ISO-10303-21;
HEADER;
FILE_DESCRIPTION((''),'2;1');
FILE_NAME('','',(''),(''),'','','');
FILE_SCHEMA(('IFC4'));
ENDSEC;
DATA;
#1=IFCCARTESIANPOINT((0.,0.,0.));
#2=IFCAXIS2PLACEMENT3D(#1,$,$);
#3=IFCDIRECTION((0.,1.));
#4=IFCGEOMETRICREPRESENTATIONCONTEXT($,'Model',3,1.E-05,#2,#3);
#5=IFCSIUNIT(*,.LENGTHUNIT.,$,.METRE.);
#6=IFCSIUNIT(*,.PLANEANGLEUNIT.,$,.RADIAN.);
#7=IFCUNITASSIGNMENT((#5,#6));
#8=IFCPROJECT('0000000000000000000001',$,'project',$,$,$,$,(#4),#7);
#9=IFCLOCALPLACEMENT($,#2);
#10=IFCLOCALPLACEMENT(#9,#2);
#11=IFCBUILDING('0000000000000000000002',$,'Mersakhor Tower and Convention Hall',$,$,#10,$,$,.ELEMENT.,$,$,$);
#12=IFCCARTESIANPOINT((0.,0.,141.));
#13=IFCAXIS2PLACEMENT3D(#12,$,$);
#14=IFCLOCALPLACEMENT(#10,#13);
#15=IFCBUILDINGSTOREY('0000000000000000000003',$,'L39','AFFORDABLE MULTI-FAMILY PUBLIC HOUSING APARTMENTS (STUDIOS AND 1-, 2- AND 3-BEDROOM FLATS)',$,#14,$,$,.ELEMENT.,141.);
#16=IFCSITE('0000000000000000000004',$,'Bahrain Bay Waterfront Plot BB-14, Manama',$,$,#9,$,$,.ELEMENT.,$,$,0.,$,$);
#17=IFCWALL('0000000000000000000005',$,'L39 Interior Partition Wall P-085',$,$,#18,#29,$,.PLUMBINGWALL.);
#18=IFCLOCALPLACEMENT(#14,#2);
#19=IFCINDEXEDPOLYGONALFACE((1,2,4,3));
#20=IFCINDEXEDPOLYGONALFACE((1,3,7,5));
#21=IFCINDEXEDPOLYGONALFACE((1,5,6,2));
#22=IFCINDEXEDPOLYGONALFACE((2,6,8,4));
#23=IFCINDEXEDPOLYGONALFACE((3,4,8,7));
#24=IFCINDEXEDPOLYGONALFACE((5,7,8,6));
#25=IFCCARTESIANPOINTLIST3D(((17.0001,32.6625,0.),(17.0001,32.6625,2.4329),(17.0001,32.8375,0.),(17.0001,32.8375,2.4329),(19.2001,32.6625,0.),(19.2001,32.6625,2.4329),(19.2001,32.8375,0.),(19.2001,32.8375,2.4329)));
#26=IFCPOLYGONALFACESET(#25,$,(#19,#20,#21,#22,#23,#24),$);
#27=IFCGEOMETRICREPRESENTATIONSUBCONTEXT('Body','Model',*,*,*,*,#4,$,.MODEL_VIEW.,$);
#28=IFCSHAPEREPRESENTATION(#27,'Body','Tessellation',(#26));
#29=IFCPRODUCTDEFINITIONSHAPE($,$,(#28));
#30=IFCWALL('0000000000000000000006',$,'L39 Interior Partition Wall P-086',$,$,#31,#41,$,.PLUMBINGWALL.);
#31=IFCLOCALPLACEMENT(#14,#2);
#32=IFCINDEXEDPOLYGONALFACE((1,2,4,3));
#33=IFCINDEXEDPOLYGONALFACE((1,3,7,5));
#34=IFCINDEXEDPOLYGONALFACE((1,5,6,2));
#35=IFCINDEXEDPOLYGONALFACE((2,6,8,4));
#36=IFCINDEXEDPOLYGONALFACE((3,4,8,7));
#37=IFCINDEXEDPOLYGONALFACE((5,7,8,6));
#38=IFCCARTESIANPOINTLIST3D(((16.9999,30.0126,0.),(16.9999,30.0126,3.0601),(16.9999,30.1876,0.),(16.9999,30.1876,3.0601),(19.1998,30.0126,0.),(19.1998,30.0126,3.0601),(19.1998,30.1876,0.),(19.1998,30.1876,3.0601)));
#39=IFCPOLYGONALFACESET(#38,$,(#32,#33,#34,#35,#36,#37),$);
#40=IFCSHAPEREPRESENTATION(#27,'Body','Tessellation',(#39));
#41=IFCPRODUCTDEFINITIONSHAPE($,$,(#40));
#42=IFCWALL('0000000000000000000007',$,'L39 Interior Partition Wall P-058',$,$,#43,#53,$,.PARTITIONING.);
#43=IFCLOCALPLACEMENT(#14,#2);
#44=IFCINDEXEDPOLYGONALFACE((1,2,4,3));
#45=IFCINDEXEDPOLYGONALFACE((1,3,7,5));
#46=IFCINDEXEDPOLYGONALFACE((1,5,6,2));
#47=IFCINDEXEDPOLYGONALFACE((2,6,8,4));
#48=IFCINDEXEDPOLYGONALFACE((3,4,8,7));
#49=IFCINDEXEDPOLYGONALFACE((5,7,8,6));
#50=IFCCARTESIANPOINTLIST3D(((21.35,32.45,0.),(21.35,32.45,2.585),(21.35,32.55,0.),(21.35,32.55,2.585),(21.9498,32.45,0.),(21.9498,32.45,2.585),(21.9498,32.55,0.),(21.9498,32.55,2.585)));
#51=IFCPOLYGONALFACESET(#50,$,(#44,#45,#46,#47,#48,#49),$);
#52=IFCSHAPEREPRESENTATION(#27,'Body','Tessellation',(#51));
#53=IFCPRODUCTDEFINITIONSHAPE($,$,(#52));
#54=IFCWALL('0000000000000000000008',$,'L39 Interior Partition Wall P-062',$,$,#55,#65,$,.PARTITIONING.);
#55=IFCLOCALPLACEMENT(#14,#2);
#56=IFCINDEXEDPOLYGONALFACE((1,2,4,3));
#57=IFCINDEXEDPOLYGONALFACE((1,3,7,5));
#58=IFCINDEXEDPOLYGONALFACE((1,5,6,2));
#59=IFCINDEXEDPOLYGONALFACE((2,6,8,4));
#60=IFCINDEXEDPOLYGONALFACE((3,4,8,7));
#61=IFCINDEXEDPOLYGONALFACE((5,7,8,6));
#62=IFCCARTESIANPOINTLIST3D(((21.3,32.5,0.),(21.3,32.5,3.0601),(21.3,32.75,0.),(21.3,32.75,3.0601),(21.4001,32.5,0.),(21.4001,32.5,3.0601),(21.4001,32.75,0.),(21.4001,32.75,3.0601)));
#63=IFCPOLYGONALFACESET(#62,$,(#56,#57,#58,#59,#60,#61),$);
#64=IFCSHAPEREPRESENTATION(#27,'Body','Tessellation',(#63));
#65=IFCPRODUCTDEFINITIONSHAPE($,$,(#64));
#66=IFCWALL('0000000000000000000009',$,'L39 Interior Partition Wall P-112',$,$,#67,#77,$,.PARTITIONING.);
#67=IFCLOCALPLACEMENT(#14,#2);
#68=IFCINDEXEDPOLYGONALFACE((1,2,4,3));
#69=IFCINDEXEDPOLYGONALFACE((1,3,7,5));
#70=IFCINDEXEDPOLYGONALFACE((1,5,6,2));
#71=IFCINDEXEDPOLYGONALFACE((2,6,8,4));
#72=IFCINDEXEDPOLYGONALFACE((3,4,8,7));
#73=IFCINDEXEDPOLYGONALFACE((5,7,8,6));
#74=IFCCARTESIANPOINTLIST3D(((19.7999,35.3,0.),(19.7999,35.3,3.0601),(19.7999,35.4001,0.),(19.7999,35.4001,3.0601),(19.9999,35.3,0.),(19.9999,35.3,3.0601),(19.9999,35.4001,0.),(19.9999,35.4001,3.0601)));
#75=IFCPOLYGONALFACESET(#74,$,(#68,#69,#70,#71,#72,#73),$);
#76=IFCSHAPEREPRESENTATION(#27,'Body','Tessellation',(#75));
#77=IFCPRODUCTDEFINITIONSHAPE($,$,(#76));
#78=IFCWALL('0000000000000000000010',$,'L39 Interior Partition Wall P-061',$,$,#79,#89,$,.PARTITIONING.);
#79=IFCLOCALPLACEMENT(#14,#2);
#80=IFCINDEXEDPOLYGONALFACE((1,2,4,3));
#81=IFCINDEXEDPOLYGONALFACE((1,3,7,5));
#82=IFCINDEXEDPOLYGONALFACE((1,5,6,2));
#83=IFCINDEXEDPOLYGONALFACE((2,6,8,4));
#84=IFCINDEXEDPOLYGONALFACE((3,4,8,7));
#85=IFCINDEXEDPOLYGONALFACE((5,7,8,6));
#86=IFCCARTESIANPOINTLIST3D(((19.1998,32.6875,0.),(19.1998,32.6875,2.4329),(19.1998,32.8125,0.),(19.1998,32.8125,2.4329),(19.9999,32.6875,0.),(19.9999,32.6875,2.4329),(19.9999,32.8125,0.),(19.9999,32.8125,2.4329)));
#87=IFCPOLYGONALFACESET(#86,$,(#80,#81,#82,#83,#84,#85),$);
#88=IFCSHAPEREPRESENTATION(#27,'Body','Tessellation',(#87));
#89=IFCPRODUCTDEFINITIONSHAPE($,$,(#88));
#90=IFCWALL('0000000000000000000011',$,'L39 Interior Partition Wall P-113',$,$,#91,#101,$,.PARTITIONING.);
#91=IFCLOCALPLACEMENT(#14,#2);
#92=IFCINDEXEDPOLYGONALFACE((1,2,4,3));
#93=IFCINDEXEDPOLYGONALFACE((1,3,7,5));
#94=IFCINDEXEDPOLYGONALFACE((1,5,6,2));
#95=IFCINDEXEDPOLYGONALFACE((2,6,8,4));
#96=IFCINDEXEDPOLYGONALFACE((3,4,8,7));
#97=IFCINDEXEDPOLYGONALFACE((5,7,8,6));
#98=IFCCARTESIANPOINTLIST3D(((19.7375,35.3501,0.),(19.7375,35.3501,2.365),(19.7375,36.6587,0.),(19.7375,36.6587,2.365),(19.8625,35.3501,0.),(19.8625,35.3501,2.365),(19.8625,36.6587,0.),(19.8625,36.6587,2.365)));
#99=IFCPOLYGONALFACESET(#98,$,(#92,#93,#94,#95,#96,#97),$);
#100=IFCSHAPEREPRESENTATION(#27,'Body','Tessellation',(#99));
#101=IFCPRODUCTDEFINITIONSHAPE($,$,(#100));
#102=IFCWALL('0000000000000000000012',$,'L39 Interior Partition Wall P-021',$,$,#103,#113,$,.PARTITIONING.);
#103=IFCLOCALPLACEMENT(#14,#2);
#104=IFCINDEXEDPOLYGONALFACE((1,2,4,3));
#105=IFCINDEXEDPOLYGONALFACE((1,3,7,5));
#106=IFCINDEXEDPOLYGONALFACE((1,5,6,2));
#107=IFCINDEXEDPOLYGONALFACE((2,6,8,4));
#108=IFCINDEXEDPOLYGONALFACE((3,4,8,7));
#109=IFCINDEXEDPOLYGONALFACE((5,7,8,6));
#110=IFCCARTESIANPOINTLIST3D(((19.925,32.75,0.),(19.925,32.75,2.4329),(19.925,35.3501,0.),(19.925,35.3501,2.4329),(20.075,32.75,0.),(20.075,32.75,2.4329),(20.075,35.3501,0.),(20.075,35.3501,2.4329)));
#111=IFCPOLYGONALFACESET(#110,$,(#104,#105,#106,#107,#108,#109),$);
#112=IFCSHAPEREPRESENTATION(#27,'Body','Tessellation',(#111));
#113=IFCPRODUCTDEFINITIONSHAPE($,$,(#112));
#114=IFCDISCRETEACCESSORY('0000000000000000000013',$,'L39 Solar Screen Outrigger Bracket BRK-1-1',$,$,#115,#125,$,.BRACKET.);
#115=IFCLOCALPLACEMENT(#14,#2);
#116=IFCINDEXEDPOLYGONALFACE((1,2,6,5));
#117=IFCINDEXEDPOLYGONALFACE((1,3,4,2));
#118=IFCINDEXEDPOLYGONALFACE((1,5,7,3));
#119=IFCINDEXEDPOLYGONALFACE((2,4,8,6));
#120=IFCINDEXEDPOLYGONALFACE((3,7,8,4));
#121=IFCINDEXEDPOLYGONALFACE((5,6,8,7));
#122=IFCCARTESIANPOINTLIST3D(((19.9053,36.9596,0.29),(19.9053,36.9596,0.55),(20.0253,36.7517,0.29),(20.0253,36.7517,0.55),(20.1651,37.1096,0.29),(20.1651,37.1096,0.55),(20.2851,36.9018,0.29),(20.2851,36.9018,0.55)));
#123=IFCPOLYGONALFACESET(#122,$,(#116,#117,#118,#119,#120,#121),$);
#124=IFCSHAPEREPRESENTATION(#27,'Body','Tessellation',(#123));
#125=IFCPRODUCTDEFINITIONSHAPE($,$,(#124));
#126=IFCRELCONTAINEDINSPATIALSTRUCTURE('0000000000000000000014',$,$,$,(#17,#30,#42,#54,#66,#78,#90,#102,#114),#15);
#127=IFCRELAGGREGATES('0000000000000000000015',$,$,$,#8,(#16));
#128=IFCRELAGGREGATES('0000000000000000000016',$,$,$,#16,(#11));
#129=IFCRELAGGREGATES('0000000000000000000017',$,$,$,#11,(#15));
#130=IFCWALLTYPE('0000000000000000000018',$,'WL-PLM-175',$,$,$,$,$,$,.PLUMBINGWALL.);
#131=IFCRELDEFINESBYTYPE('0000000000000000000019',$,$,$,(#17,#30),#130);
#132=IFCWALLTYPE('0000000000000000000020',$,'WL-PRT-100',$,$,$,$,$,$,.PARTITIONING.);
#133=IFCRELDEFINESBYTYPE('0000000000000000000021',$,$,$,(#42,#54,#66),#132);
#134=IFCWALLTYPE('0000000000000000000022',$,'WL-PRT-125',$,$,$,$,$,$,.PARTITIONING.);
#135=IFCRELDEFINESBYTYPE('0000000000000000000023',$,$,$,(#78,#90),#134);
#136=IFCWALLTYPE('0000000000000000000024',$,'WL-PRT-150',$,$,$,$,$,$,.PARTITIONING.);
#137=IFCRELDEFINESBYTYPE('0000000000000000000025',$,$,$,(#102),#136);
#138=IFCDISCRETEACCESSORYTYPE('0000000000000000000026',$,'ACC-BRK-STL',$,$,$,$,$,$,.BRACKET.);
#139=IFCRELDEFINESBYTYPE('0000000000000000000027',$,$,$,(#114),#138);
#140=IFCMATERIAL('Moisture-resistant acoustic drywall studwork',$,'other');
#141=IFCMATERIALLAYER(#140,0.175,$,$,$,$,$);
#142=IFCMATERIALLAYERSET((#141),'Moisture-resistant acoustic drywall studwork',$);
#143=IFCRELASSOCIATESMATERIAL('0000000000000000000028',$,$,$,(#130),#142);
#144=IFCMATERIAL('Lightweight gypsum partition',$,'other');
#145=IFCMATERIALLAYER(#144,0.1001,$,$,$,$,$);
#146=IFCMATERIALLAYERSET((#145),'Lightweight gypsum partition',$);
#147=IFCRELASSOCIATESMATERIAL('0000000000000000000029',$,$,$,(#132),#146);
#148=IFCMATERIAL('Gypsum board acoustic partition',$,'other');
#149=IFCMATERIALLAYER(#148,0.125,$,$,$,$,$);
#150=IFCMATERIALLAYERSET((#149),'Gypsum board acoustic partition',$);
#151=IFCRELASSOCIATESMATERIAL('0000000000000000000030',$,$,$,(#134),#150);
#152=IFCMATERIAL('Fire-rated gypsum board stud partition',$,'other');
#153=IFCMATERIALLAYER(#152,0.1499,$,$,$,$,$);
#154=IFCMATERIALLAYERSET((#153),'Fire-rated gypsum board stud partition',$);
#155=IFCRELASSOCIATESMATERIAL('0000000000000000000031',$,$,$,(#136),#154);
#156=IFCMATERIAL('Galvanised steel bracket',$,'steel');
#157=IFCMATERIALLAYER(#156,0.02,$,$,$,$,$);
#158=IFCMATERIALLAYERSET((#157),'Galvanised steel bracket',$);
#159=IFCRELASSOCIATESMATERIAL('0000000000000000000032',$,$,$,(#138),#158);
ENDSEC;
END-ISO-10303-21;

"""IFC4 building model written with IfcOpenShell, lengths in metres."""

from ifc_helpers import new_model, si_unit, direction, frame, frame_2d, origin, origin_2d, place, context, subcontext, project, spatial, rectangle, extrude, material, layer, layer_set, type_object, element, save


model = new_model("IFC4")

# Units and contexts
model_context = context("Model", 3, precision=1e-05, world=origin(), true_north=direction((0.0, 1.0)))
body_context = subcontext(model_context, "Body", "Model", "MODEL_VIEW")
ifc_project = project(units=[si_unit("LENGTHUNIT", "METRE"), si_unit("PLANEANGLEUNIT", "RADIAN")], contexts=[model_context])

# Site, building, storey
site_placement = place(None, origin())
site = spatial("IfcSite", under=ifc_project, at=site_placement, Name="Bahrain Bay Waterfront Plot BB-14, Manama", CompositionType="ELEMENT", RefElevation=0.0)
building_placement = place(site_placement, origin())
building = spatial("IfcBuilding", under=site, at=building_placement, Name="Mersakhor Tower and Convention Hall", CompositionType="ELEMENT")
storey_placement = place(building_placement, frame((0.0, 0.0, 141.0)))
storey = spatial("IfcBuildingStorey", under=building, at=storey_placement, Name="L39", Description="AFFORDABLE MULTI-FAMILY PUBLIC HOUSING APARTMENTS (STUDIOS AND 1-, 2- AND 3-BEDROOM FLATS)", CompositionType="ELEMENT", Elevation=141.0)

# Shared definitions
ifc_material_1 = material(Name="Moisture-resistant acoustic drywall studwork", Category="other")
ifc_layer_1 = layer(ifc_material_1, 0.175)
ifc_layer_set_1 = layer_set([ifc_layer_1], Name="Moisture-resistant acoustic drywall studwork")
wall_type_1 = type_object("IfcWallType", Name="WL-PLM-175", PredefinedType="PLUMBINGWALL", material=ifc_layer_set_1)

# Walls
wall_1_placement = place(storey_placement, frame((17.0, 32.75, 0.0), z_axis=(0.0, 0.0, 1.0), x_axis=(1.0, 0.0, 0.0)))
element("IfcWall", 1, at=wall_1_placement, inside=storey, type_object=wall_type_1, Name="L39 Interior Partition Wall P-085", PredefinedType="PLUMBINGWALL", context=body_context, shape_type="SweptSolid", body=[
    extrude(rectangle(XDim=2.2, YDim=0.175, at=frame_2d((1.1001, 0.0))), origin(), (0.0, 0.0, 1.0), 2.4329),
])
wall_2_placement = place(storey_placement, frame((19.2, 30.1001, 0.0), z_axis=(0.0, 0.0, 1.0), x_axis=(-1.0, 0.0, 0.0)))
element("IfcWall", 2, at=wall_2_placement, inside=storey, type_object=wall_type_1, Name="L39 Interior Partition Wall P-086", PredefinedType="PLUMBINGWALL", context=body_context, shape_type="SweptSolid", body=[
    extrude(rectangle(XDim=2.2, YDim=0.175, at=frame_2d((1.1001, 0.0))), origin(), (0.0, 0.0, 1.0), 3.0601),
])
ifc_material_2 = material(Name="Lightweight gypsum partition", Category="other")
ifc_layer_2 = layer(ifc_material_2, 0.1001)
ifc_layer_set_2 = layer_set([ifc_layer_2], Name="Lightweight gypsum partition")
wall_type_2 = type_object("IfcWallType", Name="WL-PRT-100", PredefinedType="PARTITIONING", material=ifc_layer_set_2)
wall_3_placement = place(storey_placement, frame((21.3501, 32.5, 0.0), z_axis=(0.0, 0.0, 1.0), x_axis=(1.0, 0.0, 0.0)))
element("IfcWall", 3, at=wall_3_placement, inside=storey, type_object=wall_type_2, Name="L39 Interior Partition Wall P-058", PredefinedType="PARTITIONING", context=body_context, shape_type="SweptSolid", body=[
    extrude(rectangle(XDim=0.5999, YDim=0.1001, at=frame_2d((0.2998, 0.0))), origin(), (0.0, 0.0, 1.0), 2.585),
])
wall_4_placement = place(storey_placement, frame((21.3501, 32.75, 0.0), z_axis=(0.0, 0.0, 1.0), x_axis=(0.0, -1.0, 0.0)))
element("IfcWall", 4, at=wall_4_placement, inside=storey, type_object=wall_type_2, Name="L39 Interior Partition Wall P-062", PredefinedType="PARTITIONING", context=body_context, shape_type="SweptSolid", body=[
    extrude(rectangle(XDim=0.25, YDim=0.1001, at=frame_2d((0.125, 0.0))), origin(), (0.0, 0.0, 1.0), 3.0601),
])
wall_5_placement = place(storey_placement, frame((20.0, 35.3501, 0.0), z_axis=(0.0, 0.0, 1.0), x_axis=(-1.0, 0.0, 0.0)))
element("IfcWall", 5, at=wall_5_placement, inside=storey, type_object=wall_type_2, Name="L39 Interior Partition Wall P-112", PredefinedType="PARTITIONING", context=body_context, shape_type="SweptSolid", body=[
    extrude(rectangle(XDim=0.2, YDim=0.1001, at=frame_2d((0.1001, 0.0))), origin(), (0.0, 0.0, 1.0), 3.0601),
])
ifc_material_3 = material(Name="Gypsum board acoustic partition", Category="other")
ifc_layer_3 = layer(ifc_material_3, 0.125)
ifc_layer_set_3 = layer_set([ifc_layer_3], Name="Gypsum board acoustic partition")
wall_type_3 = type_object("IfcWallType", Name="WL-PRT-125", PredefinedType="PARTITIONING", material=ifc_layer_set_3)
wall_6_placement = place(storey_placement, frame((19.2, 32.75, 0.0), z_axis=(0.0, 0.0, 1.0), x_axis=(1.0, 0.0, 0.0)))
element("IfcWall", 6, at=wall_6_placement, inside=storey, type_object=wall_type_3, Name="L39 Interior Partition Wall P-061", PredefinedType="PARTITIONING", context=body_context, shape_type="SweptSolid", body=[
    extrude(rectangle(XDim=0.8, YDim=0.125, at=frame_2d((0.3999, 0.0))), origin(), (0.0, 0.0, 1.0), 2.4329),
])
wall_7_placement = place(storey_placement, frame((19.8, 35.3501, 0.0), z_axis=(0.0, 0.0, 1.0), x_axis=(0.0, 1.0, 0.0)))
element("IfcWall", 7, at=wall_7_placement, inside=storey, type_object=wall_type_3, Name="L39 Interior Partition Wall P-113", PredefinedType="PARTITIONING", context=body_context, shape_type="SweptSolid", body=[
    extrude(rectangle(XDim=1.3086, YDim=0.125, at=frame_2d((0.6543, 0.0))), origin(), (0.0, 0.0, 1.0), 2.365),
])

# Shared definitions
ifc_material_4 = material(Name="Fire-rated gypsum board stud partition", Category="other")
ifc_layer_4 = layer(ifc_material_4, 0.1499)
ifc_layer_set_4 = layer_set([ifc_layer_4], Name="Fire-rated gypsum board stud partition")
wall_type_4 = type_object("IfcWallType", Name="WL-PRT-150", PredefinedType="PARTITIONING", material=ifc_layer_set_4)

# Wall
wall_8_placement = place(storey_placement, frame((20.0, 32.75, 0.0), z_axis=(0.0, 0.0, 1.0), x_axis=(0.0, 1.0, 0.0)))
element("IfcWall", 8, at=wall_8_placement, inside=storey, type_object=wall_type_4, Name="L39 Interior Partition Wall P-021", PredefinedType="PARTITIONING", context=body_context, shape_type="SweptSolid", body=[
    extrude(rectangle(XDim=2.6001, YDim=0.1499, at=frame_2d((1.3, 0.0))), origin(), (0.0, 0.0, 1.0), 2.4329),
])

# Discrete accessory
ifc_material_5 = material(Name="Galvanised steel bracket", Category="steel")
ifc_layer_5 = layer(ifc_material_5, 0.02)
ifc_layer_set_5 = layer_set([ifc_layer_5], Name="Galvanised steel bracket")
discrete_accessory_type = type_object("IfcDiscreteAccessoryType", Name="ACC-BRK-STL", PredefinedType="BRACKET", material=ifc_layer_set_5)
discrete_accessory_placement = place(storey_placement, frame((20.0952, 36.9307, 0.29), z_axis=(0.0, 0.0, 1.0), x_axis=(0.866025, 0.5, 0.0)))
element("IfcDiscreteAccessory", 9, at=discrete_accessory_placement, inside=storey, type_object=discrete_accessory_type, Name="L39 Solar Screen Outrigger Bracket BRK-1-1", PredefinedType="BRACKET", context=body_context, shape_type="SweptSolid", body=[
    extrude(rectangle(XDim=0.3, YDim=0.24, at=origin_2d()), origin(), (0.0, 0.0, 1.0), 0.26),
])

save(model, "model.ifc")
